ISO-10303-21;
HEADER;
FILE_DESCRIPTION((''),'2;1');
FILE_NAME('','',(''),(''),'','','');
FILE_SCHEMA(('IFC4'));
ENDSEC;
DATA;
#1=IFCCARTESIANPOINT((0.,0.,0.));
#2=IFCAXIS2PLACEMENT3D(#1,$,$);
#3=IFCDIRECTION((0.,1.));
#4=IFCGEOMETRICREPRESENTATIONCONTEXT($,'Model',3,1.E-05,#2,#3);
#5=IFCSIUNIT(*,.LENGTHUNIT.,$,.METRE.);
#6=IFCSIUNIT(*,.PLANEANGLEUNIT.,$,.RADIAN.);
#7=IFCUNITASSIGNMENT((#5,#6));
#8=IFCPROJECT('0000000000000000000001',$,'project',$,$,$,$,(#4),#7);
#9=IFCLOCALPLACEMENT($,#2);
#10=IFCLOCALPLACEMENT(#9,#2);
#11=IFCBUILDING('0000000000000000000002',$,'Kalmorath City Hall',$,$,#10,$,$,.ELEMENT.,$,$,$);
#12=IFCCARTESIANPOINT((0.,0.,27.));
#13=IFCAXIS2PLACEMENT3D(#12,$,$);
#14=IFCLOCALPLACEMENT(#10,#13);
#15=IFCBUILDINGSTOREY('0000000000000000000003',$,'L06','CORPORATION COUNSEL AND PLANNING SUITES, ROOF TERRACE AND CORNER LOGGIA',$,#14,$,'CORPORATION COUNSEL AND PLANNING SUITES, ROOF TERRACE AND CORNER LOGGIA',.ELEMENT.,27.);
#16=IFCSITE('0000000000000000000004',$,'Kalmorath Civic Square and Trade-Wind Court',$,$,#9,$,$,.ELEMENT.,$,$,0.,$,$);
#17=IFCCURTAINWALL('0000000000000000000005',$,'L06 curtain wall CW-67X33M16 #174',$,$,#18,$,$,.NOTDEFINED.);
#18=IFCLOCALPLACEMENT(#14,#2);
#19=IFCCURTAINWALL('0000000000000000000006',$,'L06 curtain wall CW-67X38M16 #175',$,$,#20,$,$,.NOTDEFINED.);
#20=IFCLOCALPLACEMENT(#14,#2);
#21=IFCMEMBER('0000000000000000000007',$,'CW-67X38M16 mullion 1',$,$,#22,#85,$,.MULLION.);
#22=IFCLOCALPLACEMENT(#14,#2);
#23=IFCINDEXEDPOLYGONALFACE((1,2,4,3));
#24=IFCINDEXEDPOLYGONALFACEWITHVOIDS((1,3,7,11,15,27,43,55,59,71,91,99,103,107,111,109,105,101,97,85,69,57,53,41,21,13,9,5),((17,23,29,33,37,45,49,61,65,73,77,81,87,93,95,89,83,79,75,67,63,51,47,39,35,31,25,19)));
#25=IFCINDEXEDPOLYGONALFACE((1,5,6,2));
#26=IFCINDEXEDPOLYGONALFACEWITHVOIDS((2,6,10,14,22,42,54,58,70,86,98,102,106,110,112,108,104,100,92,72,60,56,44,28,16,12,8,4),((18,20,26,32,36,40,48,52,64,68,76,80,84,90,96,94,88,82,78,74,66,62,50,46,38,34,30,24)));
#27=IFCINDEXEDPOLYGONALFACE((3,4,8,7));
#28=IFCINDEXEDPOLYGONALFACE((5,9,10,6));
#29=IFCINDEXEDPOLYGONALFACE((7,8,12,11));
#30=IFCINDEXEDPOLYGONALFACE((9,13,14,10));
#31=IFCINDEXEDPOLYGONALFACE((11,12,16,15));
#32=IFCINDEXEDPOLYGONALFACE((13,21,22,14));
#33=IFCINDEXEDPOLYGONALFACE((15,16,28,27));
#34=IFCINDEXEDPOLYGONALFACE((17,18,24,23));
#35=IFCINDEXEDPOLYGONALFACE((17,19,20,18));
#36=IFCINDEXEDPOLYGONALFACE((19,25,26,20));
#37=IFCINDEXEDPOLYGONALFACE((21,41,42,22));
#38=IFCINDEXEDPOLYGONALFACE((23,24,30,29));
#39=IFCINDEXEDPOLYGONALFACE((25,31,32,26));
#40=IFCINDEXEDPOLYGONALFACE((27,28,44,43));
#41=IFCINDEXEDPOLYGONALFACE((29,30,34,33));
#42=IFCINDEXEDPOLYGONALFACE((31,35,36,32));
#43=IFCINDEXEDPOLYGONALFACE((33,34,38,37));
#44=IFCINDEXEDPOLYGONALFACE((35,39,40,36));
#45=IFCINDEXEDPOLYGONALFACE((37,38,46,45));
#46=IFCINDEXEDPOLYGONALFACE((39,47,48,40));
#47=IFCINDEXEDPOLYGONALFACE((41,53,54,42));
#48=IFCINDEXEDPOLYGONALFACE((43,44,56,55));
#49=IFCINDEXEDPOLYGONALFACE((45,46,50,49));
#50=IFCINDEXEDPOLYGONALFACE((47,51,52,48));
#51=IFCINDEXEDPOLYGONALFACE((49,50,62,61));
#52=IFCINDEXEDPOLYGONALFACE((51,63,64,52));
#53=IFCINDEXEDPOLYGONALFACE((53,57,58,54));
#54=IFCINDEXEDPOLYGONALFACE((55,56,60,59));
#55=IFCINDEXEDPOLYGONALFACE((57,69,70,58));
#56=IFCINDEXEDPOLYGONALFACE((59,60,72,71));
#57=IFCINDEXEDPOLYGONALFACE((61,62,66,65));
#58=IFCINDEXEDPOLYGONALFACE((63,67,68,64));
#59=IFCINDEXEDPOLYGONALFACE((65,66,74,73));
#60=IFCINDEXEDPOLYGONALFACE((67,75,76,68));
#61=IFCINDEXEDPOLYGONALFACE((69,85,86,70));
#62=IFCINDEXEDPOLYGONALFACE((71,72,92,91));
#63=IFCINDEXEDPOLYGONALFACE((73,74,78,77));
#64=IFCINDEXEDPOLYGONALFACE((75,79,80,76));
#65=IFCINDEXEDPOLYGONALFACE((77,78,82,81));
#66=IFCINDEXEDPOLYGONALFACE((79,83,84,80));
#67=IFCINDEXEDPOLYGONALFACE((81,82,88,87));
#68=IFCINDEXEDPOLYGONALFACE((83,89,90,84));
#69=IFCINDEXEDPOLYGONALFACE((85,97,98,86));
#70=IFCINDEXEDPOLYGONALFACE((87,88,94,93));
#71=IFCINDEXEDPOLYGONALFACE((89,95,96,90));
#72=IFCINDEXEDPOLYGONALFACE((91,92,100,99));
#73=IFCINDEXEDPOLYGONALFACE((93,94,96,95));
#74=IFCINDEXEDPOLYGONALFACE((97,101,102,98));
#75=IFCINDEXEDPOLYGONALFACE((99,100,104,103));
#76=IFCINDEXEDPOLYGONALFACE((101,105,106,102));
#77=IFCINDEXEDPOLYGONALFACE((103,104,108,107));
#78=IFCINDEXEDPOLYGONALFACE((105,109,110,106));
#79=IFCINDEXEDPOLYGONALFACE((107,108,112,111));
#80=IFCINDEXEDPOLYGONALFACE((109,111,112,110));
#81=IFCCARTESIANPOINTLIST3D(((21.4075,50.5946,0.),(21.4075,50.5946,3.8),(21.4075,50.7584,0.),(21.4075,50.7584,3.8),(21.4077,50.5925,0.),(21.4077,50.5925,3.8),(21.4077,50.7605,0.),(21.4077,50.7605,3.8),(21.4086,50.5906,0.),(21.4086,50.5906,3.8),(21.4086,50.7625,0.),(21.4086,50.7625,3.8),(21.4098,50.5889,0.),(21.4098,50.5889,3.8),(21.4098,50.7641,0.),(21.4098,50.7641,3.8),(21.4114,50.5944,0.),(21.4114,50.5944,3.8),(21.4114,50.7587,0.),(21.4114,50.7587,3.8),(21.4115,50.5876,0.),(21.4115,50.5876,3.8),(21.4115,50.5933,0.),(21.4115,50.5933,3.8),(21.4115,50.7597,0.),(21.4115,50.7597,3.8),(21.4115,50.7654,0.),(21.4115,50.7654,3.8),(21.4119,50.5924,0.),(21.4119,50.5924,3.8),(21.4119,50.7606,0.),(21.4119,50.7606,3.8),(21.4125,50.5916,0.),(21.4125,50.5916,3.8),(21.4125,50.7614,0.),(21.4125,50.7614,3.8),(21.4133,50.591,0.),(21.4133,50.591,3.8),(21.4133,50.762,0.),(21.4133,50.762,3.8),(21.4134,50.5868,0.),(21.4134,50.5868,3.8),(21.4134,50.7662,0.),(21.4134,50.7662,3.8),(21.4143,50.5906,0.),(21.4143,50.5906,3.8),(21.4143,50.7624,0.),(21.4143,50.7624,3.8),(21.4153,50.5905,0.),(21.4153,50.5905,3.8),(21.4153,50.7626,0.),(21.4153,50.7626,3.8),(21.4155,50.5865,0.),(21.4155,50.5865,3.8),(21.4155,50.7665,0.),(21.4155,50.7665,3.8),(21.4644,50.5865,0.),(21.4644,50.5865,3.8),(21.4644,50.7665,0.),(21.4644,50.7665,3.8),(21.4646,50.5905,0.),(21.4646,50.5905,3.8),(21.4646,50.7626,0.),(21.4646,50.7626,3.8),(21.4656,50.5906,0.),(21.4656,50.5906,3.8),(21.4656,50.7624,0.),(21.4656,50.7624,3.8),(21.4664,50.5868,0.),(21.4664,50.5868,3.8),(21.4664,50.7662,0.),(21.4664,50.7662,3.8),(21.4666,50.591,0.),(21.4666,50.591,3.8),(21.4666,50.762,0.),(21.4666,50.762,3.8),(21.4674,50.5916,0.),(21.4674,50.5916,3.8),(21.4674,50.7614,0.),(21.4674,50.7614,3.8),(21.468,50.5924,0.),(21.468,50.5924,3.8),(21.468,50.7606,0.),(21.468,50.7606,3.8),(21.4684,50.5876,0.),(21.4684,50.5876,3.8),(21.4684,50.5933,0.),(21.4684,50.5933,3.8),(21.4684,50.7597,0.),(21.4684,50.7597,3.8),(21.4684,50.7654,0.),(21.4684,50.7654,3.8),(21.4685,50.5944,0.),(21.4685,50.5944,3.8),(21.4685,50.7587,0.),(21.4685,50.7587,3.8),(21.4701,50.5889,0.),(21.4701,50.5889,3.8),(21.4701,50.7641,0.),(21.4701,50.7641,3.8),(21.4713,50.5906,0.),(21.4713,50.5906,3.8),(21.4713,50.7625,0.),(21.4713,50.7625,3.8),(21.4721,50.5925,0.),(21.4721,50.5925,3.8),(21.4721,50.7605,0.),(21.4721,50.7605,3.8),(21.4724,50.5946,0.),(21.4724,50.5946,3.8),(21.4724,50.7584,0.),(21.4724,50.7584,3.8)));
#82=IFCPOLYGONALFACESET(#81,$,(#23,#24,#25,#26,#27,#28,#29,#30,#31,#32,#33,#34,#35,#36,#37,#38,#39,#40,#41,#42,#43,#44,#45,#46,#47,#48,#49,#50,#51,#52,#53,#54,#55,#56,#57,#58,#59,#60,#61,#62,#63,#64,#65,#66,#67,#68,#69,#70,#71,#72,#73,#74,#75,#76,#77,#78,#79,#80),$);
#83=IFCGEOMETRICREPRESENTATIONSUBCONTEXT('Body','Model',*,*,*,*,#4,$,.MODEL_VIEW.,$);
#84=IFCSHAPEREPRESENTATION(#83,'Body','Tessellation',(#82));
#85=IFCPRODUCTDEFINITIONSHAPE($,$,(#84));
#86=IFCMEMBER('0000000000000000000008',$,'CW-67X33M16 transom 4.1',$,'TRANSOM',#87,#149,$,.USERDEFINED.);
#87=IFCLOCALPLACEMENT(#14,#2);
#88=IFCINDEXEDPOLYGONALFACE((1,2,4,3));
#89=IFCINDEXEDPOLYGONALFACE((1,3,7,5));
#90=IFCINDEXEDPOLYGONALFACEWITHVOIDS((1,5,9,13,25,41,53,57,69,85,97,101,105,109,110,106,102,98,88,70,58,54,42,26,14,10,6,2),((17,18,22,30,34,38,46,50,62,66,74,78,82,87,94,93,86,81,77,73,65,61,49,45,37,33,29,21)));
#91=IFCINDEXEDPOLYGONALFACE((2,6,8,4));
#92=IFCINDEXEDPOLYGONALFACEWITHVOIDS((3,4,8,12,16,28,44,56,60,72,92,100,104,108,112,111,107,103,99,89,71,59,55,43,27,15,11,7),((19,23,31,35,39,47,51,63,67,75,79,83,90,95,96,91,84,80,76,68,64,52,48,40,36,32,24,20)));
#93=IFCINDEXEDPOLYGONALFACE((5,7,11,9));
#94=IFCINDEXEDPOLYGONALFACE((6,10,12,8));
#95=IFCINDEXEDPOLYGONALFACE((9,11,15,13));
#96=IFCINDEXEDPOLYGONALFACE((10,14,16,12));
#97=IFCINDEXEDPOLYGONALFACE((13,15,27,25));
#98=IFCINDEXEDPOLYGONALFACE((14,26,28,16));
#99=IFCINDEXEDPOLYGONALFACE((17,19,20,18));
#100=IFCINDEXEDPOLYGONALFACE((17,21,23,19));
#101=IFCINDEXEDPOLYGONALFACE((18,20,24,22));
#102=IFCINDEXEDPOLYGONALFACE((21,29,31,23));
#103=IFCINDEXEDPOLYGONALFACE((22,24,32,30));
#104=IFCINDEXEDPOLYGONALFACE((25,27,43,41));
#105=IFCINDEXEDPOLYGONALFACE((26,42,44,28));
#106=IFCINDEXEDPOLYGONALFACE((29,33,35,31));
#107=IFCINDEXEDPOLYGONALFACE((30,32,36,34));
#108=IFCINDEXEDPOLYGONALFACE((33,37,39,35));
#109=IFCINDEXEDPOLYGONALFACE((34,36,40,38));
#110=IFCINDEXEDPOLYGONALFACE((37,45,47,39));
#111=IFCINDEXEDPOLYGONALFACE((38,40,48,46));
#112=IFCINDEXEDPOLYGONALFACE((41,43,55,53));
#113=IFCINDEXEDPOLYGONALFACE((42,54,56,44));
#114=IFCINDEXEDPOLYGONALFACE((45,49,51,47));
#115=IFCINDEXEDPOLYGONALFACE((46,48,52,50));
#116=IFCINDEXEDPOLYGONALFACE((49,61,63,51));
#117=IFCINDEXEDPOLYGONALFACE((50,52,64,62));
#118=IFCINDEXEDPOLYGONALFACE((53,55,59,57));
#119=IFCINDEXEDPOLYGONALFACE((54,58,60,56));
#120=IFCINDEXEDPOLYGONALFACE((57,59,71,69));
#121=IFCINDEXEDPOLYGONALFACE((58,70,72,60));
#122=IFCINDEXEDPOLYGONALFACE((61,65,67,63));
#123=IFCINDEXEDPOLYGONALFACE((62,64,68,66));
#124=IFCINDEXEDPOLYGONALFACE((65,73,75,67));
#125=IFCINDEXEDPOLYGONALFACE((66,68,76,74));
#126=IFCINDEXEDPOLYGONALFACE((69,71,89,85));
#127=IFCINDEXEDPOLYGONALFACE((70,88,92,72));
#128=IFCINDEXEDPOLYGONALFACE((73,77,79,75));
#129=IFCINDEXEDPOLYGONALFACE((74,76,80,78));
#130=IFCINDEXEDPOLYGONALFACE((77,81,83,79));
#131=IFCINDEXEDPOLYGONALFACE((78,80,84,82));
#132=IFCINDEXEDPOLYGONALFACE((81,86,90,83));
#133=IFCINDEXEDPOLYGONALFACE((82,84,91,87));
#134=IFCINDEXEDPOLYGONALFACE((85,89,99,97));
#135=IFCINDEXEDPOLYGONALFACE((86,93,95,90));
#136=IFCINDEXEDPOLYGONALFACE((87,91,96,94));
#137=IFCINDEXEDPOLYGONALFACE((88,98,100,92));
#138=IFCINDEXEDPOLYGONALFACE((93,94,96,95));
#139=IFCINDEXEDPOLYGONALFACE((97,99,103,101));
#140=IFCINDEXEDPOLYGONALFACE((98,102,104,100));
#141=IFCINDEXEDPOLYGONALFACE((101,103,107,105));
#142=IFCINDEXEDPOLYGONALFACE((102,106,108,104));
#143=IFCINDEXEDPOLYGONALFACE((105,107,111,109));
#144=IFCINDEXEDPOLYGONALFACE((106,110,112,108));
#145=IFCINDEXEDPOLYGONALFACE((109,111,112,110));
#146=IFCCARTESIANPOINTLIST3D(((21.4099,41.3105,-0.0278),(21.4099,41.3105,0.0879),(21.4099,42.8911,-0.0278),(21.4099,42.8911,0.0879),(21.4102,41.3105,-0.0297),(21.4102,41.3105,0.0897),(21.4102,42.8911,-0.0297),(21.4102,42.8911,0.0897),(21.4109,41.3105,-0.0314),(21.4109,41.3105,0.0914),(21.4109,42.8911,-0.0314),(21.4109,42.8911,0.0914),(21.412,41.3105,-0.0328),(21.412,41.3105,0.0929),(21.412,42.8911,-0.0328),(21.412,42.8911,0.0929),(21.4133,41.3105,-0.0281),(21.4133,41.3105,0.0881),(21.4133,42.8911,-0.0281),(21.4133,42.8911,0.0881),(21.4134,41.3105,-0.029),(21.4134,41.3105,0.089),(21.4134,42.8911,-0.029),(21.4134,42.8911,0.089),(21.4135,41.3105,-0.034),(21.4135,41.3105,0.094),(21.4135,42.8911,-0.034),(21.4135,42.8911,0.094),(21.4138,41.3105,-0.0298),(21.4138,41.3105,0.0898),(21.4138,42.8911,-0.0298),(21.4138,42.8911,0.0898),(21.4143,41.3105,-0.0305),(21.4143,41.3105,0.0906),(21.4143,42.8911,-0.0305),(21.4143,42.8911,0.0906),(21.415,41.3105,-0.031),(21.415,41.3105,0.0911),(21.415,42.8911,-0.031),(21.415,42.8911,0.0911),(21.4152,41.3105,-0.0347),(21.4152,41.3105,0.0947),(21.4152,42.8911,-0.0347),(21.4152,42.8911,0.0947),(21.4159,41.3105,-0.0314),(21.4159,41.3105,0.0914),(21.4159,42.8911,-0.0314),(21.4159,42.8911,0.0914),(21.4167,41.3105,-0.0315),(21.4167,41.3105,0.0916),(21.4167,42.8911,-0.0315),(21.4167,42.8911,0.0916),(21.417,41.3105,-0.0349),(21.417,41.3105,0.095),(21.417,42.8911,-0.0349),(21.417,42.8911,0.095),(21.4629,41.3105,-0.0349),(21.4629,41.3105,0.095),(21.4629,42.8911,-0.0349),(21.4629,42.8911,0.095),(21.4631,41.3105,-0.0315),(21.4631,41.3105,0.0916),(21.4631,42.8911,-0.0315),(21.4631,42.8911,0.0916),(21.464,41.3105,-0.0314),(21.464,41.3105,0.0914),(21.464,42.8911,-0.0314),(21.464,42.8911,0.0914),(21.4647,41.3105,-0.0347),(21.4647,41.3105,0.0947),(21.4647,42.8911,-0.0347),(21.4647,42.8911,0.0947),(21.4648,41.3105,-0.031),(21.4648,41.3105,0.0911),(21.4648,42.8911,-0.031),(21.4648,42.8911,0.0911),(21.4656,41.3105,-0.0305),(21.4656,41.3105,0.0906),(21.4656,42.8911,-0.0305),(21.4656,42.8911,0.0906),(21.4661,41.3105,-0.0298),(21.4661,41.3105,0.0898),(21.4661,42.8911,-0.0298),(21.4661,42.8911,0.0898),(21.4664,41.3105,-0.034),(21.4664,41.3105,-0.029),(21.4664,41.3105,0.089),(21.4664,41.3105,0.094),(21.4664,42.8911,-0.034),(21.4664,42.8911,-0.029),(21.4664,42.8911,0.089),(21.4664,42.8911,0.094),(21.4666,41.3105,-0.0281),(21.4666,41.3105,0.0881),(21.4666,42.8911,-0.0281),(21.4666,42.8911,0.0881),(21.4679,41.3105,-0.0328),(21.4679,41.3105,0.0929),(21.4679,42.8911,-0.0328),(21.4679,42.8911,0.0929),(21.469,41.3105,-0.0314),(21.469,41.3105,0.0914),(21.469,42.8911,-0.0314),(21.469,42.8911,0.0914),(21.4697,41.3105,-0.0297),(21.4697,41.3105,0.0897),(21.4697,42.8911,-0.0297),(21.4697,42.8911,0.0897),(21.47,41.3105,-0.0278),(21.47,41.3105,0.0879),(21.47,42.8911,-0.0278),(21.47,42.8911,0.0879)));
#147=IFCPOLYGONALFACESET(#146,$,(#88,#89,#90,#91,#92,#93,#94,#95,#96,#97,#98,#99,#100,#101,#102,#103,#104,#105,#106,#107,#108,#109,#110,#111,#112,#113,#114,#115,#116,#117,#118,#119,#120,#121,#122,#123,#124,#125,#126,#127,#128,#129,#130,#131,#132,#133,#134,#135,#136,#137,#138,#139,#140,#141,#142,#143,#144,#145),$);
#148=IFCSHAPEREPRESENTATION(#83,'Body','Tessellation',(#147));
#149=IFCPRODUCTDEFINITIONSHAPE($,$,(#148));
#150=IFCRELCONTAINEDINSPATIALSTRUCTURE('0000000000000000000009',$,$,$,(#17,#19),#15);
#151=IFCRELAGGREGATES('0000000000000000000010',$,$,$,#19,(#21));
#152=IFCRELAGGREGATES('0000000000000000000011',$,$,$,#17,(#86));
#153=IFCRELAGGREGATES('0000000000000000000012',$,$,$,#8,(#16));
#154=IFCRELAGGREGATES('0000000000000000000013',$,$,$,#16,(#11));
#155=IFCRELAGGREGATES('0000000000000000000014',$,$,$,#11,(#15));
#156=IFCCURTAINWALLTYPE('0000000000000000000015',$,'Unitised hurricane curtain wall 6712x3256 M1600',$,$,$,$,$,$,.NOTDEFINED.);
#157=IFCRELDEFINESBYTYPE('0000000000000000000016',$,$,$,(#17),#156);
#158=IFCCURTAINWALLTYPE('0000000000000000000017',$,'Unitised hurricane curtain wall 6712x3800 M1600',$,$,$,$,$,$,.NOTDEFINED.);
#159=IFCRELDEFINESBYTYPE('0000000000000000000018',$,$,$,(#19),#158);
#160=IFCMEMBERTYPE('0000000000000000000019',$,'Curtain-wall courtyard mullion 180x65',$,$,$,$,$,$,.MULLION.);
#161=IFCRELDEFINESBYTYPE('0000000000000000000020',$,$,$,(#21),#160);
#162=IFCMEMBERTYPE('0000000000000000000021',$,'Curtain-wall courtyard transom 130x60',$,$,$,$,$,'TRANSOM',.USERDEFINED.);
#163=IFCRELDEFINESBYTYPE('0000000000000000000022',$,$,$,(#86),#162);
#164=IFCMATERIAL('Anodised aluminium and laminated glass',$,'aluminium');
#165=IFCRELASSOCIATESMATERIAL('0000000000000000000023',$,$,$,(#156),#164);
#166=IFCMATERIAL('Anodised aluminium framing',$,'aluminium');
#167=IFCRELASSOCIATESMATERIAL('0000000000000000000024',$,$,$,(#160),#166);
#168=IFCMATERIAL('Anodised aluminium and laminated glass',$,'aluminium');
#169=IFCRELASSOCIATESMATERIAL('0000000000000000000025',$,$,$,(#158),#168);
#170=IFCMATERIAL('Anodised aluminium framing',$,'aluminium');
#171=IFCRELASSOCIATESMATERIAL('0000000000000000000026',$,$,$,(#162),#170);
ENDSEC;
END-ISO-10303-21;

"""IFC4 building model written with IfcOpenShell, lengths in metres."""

from ifc_helpers import new_model, si_unit, direction, frame, origin, origin_2d, place, context, subcontext, project, spatial, hollow_rectangle, extrude, material, material_profile, profile_set, type_object, element, aggregate, save


model = new_model("IFC4")

# Units and contexts
model_context = context("Model", 3, precision=1e-05, world=origin(), true_north=direction((0.0, 1.0)))
body_context = subcontext(model_context, "Body", "Model", "MODEL_VIEW")
ifc_project = project(units=[si_unit("LENGTHUNIT", "METRE"), si_unit("PLANEANGLEUNIT", "RADIAN")], contexts=[model_context])

# Site, building, storey
site_placement = place(None, origin())
site = spatial("IfcSite", under=ifc_project, at=site_placement, Name="Kalmorath Civic Square and Trade-Wind Court", CompositionType="ELEMENT", RefElevation=0.0)
building_placement = place(site_placement, origin())
building = spatial("IfcBuilding", under=site, at=building_placement, Name="Kalmorath City Hall", CompositionType="ELEMENT")
storey_placement = place(building_placement, frame((0.0, 0.0, 27.0)))
storey = spatial("IfcBuildingStorey", under=building, at=storey_placement, Name="L06", Description="CORPORATION COUNSEL AND PLANNING SUITES, ROOF TERRACE AND CORNER LOGGIA", LongName="CORPORATION COUNSEL AND PLANNING SUITES, ROOF TERRACE AND CORNER LOGGIA", CompositionType="ELEMENT", Elevation=27.0)

# Curtain wall
ifc_material_1 = material(Name="Anodised aluminium and laminated glass", Category="aluminium")
curtain_wall_type_1 = type_object("IfcCurtainWallType", Name="Unitised hurricane curtain wall 6712x3256 M1600", PredefinedType="NOTDEFINED", material=ifc_material_1)
curtain_wall_1_placement = place(storey_placement, origin())
curtain_wall_1 = element("IfcCurtainWall", 1, at=curtain_wall_1_placement, inside=storey, type_object=curtain_wall_type_1, Name="L06 curtain wall CW-67X33M16 #174", PredefinedType="NOTDEFINED")
ifc_material_2 = material(Name="Anodised aluminium framing", Category="aluminium")
ifc_material_profile_1 = material_profile(ifc_material_2, hollow_rectangle(XDim=0.0649, YDim=0.1799, WallThickness=0.0039, InnerFilletRadius=0.0039, OuterFilletRadius=0.0081, at=origin_2d()), Name="ALU-MUL-180X65X4")
ifc_profile_set_1 = profile_set([ifc_material_profile_1], Name="Anodised aluminium framing")
member_type_1 = type_object("IfcMemberType", Name="Curtain-wall courtyard mullion 180x65", PredefinedType="MULLION", material=ifc_profile_set_1)

# Curtain wall, member
ifc_material_3 = material(Name="Anodised aluminium and laminated glass", Category="aluminium")
curtain_wall_type_2 = type_object("IfcCurtainWallType", Name="Unitised hurricane curtain wall 6712x3800 M1600", PredefinedType="NOTDEFINED", material=ifc_material_3)
curtain_wall_2_placement = place(storey_placement, origin())
curtain_wall_2 = element("IfcCurtainWall", 2, at=curtain_wall_2_placement, inside=storey, type_object=curtain_wall_type_2, Name="L06 curtain wall CW-67X38M16 #175", PredefinedType="NOTDEFINED")
member_1_placement = place(storey_placement, frame((21.4399, 50.6765, 0.0), z_axis=(0.0, 0.0, 1.0), x_axis=(-1.0, 0.0, 0.0)))
member_1 = element("IfcMember", 3, at=member_1_placement, type_object=member_type_1, Name="CW-67X38M16 mullion 1", PredefinedType="MULLION", context=body_context, shape_type="SweptSolid", body=[
    extrude(hollow_rectangle(XDim=0.0649, YDim=0.1799, WallThickness=0.0039, InnerFilletRadius=0.0039, OuterFilletRadius=0.0081, at=origin_2d()), origin(), (0.0, 0.0, 1.0), 3.8),
])

# Member
ifc_material_4 = material(Name="Anodised aluminium framing", Category="aluminium")
ifc_material_profile_2 = material_profile(ifc_material_4, hollow_rectangle(XDim=0.0601, YDim=0.1299, WallThickness=0.0034, InnerFilletRadius=0.0034, OuterFilletRadius=0.0071, at=origin_2d()), Name="ALU-TRN-130X60X3.5")
ifc_profile_set_2 = profile_set([ifc_material_profile_2], Name="Anodised aluminium framing")
member_type_2 = type_object("IfcMemberType", Name="Curtain-wall courtyard transom 130x60", ElementType="TRANSOM", PredefinedType="USERDEFINED", material=ifc_profile_set_2)
member_2_placement = place(storey_placement, frame((21.4399, 41.3105, 0.03), z_axis=(0.0, 1.0, 0.0), x_axis=(-1.0, 0.0, 0.0)))
member_2 = element("IfcMember", 4, at=member_2_placement, type_object=member_type_2, Name="CW-67X33M16 transom 4.1", ObjectType="TRANSOM", PredefinedType="USERDEFINED", context=body_context, shape_type="SweptSolid", body=[
    extrude(hollow_rectangle(XDim=0.0601, YDim=0.1299, WallThickness=0.0034, InnerFilletRadius=0.0034, OuterFilletRadius=0.0071, at=origin_2d()), origin(), (0.0, 0.0, 1.0), 1.5806),
])
aggregate(curtain_wall_2, [member_1])

aggregate(curtain_wall_1, [member_2])

save(model, "model.ifc")
